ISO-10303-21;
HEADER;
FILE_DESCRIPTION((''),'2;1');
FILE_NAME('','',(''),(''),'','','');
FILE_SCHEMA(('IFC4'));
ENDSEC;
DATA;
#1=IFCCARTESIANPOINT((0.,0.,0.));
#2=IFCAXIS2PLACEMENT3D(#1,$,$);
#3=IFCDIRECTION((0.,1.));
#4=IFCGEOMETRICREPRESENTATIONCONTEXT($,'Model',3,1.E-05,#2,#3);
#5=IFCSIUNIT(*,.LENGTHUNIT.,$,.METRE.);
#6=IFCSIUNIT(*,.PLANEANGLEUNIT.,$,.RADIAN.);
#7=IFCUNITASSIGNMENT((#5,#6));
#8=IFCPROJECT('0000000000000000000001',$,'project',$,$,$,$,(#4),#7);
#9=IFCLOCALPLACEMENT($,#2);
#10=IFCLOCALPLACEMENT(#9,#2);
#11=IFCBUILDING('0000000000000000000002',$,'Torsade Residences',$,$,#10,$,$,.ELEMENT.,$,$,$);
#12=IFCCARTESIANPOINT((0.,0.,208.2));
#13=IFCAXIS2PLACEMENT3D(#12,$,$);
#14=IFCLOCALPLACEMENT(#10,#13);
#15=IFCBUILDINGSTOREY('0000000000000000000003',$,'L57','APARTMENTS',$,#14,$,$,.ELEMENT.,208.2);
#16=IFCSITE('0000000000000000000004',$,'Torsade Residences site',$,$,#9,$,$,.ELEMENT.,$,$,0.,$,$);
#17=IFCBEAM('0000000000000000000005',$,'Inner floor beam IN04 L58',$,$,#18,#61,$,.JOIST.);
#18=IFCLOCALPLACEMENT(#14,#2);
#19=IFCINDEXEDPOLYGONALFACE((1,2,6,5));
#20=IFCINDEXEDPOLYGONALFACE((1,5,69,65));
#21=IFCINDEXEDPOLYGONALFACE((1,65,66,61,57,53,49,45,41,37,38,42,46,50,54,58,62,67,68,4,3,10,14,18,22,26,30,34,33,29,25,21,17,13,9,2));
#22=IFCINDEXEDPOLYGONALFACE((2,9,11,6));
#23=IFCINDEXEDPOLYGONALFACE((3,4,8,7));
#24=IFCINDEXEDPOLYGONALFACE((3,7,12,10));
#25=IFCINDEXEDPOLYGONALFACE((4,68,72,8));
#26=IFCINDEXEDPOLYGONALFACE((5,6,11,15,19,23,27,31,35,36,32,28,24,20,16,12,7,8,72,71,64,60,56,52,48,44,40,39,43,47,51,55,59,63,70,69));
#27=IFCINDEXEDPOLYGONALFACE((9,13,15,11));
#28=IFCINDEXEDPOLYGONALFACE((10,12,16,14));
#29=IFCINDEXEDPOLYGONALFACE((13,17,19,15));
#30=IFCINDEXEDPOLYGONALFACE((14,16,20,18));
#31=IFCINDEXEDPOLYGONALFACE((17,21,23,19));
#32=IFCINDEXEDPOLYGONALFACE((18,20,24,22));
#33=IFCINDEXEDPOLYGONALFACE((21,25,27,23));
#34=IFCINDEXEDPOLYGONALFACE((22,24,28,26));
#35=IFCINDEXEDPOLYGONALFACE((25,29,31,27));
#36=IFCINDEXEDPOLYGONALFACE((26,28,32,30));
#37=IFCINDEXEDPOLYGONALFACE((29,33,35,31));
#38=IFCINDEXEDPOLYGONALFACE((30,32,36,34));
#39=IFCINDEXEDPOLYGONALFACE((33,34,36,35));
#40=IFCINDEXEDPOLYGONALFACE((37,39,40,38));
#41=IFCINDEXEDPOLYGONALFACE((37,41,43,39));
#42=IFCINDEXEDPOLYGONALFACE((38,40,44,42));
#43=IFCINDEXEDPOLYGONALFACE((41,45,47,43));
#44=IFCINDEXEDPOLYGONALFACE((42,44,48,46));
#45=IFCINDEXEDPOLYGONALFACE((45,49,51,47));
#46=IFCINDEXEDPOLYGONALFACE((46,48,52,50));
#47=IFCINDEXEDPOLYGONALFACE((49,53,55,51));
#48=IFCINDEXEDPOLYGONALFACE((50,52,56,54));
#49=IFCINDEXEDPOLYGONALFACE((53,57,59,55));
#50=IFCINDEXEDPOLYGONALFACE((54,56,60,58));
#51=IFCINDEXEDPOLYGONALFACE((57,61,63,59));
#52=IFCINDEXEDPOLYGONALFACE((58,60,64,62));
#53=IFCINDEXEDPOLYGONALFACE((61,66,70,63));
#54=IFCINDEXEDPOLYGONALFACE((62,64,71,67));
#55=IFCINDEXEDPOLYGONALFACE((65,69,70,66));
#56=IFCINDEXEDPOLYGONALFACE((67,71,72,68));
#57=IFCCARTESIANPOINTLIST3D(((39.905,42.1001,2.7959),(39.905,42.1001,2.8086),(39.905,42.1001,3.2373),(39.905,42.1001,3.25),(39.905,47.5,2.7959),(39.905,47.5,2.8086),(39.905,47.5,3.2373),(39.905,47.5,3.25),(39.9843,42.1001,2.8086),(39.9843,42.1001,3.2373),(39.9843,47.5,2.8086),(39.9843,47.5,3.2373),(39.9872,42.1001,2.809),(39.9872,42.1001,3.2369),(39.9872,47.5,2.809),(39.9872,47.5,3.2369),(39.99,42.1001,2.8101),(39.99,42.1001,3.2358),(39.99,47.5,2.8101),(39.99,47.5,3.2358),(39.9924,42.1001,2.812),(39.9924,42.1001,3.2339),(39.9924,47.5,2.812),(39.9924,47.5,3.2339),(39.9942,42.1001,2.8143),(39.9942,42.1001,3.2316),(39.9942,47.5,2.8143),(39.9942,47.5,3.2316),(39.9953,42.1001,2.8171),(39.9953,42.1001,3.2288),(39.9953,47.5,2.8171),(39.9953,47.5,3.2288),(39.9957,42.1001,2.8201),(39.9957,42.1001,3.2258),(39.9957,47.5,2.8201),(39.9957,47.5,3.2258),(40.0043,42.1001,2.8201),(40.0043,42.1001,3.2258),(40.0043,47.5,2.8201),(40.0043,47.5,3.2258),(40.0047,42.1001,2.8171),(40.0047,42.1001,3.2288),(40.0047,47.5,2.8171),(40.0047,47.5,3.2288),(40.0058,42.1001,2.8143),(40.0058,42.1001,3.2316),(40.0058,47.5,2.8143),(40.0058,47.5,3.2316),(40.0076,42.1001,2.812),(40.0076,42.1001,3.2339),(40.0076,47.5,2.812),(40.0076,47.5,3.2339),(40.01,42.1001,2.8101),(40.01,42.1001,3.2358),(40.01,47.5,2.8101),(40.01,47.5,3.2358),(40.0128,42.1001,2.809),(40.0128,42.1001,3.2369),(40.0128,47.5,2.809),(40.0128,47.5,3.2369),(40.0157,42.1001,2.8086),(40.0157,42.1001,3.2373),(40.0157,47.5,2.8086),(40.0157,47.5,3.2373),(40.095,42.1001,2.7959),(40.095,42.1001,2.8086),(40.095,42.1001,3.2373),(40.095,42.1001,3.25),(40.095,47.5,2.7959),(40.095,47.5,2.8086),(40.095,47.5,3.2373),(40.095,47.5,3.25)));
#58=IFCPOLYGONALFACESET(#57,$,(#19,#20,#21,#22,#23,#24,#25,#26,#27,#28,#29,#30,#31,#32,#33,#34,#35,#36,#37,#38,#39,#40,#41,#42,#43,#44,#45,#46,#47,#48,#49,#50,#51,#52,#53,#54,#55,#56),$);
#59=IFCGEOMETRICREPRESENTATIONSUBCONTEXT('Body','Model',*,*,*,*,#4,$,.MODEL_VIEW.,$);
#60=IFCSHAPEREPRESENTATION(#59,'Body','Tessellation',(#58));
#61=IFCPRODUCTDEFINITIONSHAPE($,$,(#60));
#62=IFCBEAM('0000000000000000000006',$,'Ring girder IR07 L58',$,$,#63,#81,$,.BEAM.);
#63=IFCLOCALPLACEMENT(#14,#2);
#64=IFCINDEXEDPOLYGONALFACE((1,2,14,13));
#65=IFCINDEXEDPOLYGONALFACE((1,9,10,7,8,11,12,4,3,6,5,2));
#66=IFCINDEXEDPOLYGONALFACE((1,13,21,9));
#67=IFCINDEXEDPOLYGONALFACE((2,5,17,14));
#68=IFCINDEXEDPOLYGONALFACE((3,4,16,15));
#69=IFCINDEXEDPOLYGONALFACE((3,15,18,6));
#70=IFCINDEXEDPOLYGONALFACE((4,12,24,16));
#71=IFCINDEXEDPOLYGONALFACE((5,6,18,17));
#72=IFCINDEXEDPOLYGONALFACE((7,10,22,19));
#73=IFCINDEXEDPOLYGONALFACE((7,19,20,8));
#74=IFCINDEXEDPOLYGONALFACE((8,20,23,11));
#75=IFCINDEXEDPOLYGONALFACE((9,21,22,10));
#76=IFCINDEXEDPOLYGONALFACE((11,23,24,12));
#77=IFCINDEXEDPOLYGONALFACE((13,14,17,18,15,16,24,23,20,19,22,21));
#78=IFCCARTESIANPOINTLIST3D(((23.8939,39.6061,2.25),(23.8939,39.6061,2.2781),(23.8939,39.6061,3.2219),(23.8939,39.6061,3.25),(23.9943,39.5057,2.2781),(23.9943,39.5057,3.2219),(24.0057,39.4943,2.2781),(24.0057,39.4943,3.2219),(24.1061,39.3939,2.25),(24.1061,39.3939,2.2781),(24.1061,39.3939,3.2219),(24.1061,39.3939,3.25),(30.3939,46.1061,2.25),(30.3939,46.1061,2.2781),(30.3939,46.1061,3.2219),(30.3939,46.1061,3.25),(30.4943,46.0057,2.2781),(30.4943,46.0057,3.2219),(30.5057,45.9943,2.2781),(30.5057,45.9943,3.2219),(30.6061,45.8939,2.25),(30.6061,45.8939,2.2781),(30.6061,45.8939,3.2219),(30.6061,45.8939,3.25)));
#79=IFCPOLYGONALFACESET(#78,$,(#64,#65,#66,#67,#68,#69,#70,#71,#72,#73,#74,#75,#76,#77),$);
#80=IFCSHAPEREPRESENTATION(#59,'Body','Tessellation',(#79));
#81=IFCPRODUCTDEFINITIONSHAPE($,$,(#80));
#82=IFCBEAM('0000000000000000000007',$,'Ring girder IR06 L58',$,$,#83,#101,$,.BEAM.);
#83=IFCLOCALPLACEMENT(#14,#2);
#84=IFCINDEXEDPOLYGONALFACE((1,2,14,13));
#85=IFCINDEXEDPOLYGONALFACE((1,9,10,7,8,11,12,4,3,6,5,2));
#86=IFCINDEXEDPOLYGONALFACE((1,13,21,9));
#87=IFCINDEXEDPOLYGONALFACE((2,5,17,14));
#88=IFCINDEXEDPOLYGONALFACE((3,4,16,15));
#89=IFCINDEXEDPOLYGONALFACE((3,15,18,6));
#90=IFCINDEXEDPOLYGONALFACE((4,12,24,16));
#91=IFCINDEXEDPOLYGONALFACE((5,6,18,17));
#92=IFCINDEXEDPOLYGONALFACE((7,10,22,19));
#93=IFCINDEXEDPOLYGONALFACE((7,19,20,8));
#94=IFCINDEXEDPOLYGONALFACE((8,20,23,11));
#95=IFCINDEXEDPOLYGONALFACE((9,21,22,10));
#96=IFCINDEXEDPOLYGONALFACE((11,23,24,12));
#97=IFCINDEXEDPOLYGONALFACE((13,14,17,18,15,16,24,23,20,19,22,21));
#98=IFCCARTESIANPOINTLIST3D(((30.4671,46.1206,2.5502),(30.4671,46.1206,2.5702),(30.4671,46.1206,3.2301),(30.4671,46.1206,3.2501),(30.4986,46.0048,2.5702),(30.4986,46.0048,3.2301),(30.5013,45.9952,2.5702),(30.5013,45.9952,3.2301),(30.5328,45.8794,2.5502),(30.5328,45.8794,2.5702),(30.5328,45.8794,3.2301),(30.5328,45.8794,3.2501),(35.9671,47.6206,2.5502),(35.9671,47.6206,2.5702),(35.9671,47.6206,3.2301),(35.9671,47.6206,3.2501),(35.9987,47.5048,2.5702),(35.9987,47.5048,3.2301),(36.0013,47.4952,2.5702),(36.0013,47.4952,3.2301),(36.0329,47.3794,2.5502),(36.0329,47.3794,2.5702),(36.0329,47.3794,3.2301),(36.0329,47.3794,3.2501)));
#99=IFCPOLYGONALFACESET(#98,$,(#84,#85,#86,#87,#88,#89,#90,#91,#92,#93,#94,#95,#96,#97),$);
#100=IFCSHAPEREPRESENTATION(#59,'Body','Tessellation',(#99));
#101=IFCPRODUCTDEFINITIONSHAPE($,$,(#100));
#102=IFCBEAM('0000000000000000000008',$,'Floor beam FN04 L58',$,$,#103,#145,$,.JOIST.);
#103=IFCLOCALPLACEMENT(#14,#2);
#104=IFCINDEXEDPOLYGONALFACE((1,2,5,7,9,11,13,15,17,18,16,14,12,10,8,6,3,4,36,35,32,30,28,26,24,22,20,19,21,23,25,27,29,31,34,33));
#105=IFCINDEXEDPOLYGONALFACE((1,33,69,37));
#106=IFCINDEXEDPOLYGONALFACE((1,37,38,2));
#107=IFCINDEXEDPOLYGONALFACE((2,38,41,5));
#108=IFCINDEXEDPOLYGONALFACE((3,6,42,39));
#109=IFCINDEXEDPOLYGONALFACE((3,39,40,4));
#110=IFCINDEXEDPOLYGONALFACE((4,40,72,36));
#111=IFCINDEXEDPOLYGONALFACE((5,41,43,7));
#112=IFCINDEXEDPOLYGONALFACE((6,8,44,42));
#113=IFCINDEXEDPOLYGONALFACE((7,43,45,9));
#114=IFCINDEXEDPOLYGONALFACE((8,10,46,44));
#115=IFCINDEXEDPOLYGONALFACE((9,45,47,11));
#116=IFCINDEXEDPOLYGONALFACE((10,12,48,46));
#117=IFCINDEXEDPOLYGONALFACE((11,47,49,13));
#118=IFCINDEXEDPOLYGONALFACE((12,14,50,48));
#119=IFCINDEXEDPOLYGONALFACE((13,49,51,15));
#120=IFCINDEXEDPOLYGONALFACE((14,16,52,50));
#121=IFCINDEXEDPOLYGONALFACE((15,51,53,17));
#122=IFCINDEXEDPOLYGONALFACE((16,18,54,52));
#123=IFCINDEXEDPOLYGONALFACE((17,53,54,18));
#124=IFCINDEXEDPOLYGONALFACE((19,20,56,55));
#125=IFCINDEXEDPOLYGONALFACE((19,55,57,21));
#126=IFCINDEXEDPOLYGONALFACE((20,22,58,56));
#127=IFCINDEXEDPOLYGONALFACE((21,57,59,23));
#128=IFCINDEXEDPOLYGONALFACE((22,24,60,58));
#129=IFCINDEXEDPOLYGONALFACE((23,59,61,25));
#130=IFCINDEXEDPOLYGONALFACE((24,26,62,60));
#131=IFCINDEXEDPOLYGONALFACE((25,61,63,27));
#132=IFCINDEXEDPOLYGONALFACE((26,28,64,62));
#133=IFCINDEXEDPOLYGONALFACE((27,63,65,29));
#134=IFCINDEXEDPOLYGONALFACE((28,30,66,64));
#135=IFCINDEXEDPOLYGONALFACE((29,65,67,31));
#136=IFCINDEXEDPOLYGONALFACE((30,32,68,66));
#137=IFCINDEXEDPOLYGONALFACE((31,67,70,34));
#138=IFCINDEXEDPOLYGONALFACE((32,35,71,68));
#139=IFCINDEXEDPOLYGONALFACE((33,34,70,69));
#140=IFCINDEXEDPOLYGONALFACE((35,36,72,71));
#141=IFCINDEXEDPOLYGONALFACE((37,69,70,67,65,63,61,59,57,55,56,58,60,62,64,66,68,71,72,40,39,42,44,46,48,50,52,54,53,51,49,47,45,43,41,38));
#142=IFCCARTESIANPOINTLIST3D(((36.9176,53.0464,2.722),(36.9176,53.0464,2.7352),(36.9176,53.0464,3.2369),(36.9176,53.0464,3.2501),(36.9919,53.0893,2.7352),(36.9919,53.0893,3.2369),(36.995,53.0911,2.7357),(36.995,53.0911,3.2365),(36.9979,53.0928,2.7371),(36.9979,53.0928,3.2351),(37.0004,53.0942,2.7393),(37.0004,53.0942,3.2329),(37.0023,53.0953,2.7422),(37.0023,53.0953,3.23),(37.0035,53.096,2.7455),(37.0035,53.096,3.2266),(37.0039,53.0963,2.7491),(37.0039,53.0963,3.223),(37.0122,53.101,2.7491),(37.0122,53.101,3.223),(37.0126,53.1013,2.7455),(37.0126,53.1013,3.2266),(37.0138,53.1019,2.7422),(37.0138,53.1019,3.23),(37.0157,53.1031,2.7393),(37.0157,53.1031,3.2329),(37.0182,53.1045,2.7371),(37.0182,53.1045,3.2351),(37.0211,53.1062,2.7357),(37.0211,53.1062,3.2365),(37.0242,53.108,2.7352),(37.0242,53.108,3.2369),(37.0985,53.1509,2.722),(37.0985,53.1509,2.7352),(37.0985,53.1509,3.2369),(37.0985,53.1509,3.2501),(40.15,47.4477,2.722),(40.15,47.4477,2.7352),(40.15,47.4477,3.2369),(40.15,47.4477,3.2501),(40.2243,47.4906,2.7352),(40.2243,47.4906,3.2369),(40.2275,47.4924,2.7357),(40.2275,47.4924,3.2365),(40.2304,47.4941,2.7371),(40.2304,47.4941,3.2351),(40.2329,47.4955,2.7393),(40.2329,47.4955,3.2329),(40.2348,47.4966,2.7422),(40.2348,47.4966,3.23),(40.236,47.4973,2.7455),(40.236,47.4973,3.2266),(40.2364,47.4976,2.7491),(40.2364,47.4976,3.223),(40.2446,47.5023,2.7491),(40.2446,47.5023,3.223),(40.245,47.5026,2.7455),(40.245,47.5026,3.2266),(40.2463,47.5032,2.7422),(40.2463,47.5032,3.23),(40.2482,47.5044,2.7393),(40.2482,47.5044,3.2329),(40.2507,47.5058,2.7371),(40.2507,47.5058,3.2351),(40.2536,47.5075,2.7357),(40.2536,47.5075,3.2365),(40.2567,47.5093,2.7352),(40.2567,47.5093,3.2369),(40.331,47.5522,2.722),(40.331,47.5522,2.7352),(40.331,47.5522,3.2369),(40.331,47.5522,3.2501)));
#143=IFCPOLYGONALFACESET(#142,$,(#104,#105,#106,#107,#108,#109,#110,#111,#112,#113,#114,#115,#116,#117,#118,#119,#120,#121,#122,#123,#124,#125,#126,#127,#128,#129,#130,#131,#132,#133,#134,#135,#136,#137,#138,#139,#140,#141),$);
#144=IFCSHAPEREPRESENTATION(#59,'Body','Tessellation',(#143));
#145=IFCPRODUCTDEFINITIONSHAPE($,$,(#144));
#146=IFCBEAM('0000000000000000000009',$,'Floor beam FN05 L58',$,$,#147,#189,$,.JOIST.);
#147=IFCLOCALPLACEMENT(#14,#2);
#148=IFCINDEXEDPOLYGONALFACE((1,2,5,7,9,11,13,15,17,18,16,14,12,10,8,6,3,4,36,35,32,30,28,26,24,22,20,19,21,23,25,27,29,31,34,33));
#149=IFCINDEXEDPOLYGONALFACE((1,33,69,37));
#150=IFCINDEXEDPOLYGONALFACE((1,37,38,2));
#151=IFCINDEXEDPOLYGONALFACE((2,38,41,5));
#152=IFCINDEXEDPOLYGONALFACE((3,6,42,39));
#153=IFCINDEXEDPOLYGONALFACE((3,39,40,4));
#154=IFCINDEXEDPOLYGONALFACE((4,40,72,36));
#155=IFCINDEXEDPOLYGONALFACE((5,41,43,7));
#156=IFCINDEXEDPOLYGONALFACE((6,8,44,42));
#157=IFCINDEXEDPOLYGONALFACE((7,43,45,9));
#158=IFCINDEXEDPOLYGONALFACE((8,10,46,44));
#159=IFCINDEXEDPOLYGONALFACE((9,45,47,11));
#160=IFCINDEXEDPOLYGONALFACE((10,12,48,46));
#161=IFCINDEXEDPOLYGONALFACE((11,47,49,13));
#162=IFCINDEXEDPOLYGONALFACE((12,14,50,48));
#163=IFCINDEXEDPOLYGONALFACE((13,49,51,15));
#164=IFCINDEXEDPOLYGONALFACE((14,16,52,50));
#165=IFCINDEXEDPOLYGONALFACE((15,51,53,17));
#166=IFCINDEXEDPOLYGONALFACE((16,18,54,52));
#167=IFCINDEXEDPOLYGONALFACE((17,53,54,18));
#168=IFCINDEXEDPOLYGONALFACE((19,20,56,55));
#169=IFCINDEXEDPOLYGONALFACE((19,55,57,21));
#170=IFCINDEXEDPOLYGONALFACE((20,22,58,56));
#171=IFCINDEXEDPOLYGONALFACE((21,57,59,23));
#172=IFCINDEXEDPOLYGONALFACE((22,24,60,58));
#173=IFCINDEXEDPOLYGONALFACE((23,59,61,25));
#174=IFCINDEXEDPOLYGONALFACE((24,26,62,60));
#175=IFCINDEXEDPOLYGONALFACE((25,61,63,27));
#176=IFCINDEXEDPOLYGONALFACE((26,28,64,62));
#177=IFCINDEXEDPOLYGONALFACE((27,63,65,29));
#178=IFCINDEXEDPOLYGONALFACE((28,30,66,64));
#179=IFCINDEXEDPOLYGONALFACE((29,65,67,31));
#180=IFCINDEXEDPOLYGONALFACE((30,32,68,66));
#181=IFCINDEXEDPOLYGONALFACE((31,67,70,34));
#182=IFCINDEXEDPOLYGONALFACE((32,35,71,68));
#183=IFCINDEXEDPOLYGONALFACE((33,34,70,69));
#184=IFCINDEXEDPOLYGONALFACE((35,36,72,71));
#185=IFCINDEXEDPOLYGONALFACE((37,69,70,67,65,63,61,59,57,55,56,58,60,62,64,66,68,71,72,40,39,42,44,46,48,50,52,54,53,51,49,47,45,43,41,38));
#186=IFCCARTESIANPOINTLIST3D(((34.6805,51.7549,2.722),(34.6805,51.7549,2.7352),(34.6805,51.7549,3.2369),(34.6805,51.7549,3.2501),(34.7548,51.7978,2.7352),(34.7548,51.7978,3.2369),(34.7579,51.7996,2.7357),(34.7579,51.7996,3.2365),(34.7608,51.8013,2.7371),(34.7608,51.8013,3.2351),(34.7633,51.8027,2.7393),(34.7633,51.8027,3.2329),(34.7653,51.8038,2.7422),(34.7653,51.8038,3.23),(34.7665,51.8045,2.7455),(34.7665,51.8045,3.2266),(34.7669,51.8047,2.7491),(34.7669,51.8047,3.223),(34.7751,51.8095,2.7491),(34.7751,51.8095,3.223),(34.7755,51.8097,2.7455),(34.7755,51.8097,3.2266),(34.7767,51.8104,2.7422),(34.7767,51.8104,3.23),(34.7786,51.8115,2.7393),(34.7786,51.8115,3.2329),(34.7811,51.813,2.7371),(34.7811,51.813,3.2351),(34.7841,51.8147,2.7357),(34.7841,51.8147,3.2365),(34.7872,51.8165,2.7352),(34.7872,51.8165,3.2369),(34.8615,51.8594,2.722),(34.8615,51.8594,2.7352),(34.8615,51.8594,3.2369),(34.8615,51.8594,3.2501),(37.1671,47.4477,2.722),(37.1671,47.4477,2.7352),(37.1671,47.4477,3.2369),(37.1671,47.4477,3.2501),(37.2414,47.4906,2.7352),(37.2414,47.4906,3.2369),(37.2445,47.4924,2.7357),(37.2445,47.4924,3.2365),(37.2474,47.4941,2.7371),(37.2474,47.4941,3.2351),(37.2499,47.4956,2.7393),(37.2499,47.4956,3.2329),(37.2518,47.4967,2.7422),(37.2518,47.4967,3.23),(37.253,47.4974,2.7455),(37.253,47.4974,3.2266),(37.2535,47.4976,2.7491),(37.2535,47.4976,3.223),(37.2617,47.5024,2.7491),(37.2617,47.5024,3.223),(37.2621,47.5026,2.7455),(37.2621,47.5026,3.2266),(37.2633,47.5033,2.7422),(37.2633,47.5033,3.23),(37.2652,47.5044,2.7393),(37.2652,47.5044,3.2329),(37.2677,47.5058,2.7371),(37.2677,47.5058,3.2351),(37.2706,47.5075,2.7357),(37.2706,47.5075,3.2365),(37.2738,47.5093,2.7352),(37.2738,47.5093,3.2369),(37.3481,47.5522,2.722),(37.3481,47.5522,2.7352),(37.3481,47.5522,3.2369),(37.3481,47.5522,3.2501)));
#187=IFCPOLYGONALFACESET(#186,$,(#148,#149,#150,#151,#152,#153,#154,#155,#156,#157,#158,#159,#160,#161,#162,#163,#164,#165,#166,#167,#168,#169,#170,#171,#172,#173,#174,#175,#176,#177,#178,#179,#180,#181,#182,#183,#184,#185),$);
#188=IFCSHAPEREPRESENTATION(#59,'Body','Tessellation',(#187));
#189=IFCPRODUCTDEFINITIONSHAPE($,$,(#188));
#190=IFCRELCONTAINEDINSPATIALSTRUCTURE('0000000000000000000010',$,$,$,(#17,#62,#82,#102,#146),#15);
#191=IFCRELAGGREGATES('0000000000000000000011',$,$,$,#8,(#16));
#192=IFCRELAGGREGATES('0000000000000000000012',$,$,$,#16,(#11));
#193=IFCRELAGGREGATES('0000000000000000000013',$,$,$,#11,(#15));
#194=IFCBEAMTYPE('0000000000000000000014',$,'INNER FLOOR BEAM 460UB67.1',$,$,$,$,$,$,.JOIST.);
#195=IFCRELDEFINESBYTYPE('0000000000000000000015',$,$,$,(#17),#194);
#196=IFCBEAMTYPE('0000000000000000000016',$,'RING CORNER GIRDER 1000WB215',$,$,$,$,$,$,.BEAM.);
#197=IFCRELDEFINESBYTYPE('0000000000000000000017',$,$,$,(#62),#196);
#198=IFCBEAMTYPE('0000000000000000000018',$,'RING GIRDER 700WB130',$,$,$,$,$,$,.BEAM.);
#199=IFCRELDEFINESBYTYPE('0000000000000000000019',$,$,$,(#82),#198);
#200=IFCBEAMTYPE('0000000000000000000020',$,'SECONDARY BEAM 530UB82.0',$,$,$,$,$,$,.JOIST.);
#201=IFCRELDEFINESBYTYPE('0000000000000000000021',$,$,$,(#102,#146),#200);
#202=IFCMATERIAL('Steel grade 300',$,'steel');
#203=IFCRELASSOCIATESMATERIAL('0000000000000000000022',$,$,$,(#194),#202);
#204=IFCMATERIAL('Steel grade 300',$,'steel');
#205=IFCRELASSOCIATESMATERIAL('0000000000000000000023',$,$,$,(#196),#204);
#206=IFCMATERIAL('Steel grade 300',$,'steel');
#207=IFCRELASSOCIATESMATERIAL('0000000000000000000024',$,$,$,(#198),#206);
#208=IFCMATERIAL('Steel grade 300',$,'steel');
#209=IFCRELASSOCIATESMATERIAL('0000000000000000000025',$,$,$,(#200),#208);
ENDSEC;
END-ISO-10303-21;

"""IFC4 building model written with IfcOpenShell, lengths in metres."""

from ifc_helpers import new_model, si_unit, direction, frame, origin, origin_2d, place, context, subcontext, project, spatial, i_section, extrude, material, material_profile, profile_set, type_object, element, save


model = new_model("IFC4")

# Units and contexts
model_context = context("Model", 3, precision=1e-05, world=origin(), true_north=direction((0.0, 1.0)))
body_context = subcontext(model_context, "Body", "Model", "MODEL_VIEW")
ifc_project = project(units=[si_unit("LENGTHUNIT", "METRE"), si_unit("PLANEANGLEUNIT", "RADIAN")], contexts=[model_context])

# Site, building, storey
site_placement = place(None, origin())
site = spatial("IfcSite", under=ifc_project, at=site_placement, Name="Torsade Residences site", CompositionType="ELEMENT", RefElevation=0.0)
building_placement = place(site_placement, origin())
building = spatial("IfcBuilding", under=site, at=building_placement, Name="Torsade Residences", CompositionType="ELEMENT")
storey_placement = place(building_placement, frame((0.0, 0.0, 208.2)))
storey = spatial("IfcBuildingStorey", under=building, at=storey_placement, Name="L57", Description="APARTMENTS", CompositionType="ELEMENT", Elevation=208.2)

# Beams
ifc_material_1 = material(Name="Steel grade 300", Category="steel")
ifc_material_profile_1 = material_profile(ifc_material_1, i_section(OverallWidth=0.1899, OverallDepth=0.4541, WebThickness=0.0085, FlangeThickness=0.0127, FilletRadius=0.0115, at=origin_2d()), Name="460UB67.1")
ifc_profile_set_1 = profile_set([ifc_material_profile_1], Name="Steel grade 300")
beam_type_1 = type_object("IfcBeamType", Name="INNER FLOOR BEAM 460UB67.1", PredefinedType="JOIST", material=ifc_profile_set_1)
beam_1_placement = place(storey_placement, frame((40.0, 42.1001, 3.0229), z_axis=(0.0, 1.0, 0.0), x_axis=(-1.0, 0.0, 0.0)))
element("IfcBeam", 1, at=beam_1_placement, inside=storey, type_object=beam_type_1, Name="Inner floor beam IN04 L58", PredefinedType="JOIST", context=body_context, shape_type="SweptSolid", body=[
    extrude(i_section(OverallWidth=0.1899, OverallDepth=0.4541, WebThickness=0.0085, FlangeThickness=0.0127, FilletRadius=0.0115, at=origin_2d()), origin(), (0.0, 0.0, 1.0), 5.3999),
])
ifc_material_2 = material(Name="Steel grade 300", Category="steel")
ifc_material_profile_2 = material_profile(ifc_material_2, i_section(OverallWidth=0.3, OverallDepth=1.0, WebThickness=0.0161, FlangeThickness=0.0281, at=origin_2d()), Name="1000WB215")
ifc_profile_set_2 = profile_set([ifc_material_profile_2], Name="Steel grade 300")
beam_type_2 = type_object("IfcBeamType", Name="RING CORNER GIRDER 1000WB215", PredefinedType="BEAM", material=ifc_profile_set_2)
beam_2_placement = place(storey_placement, frame((30.5, 46.0, 2.75), z_axis=(-0.707107, -0.707107, 0.0), x_axis=(0.707107, -0.707107, 0.0)))
element("IfcBeam", 2, at=beam_2_placement, inside=storey, type_object=beam_type_2, Name="Ring girder IR07 L58", PredefinedType="BEAM", context=body_context, shape_type="SweptSolid", body=[
    extrude(i_section(OverallWidth=0.3, OverallDepth=1.0, WebThickness=0.0161, FlangeThickness=0.0281, at=origin_2d()), origin(), (0.0, 0.0, 1.0), 9.1924),
])
ifc_material_3 = material(Name="Steel grade 300", Category="steel")
ifc_material_profile_3 = material_profile(ifc_material_3, i_section(OverallWidth=0.25, OverallDepth=0.7, WebThickness=0.01, FlangeThickness=0.02, at=origin_2d()), Name="700WB130")
ifc_profile_set_3 = profile_set([ifc_material_profile_3], Name="Steel grade 300")
beam_type_3 = type_object("IfcBeamType", Name="RING GIRDER 700WB130", PredefinedType="BEAM", material=ifc_profile_set_3)
beam_3_placement = place(storey_placement, frame((36.0, 47.5, 2.9001), z_axis=(-0.964764, -0.263117, 0.0), x_axis=(0.263117, -0.964764, 0.0)))
element("IfcBeam", 3, at=beam_3_placement, inside=storey, type_object=beam_type_3, Name="Ring girder IR06 L58", PredefinedType="BEAM", context=body_context, shape_type="SweptSolid", body=[
    extrude(i_section(OverallWidth=0.25, OverallDepth=0.7, WebThickness=0.01, FlangeThickness=0.02, at=origin_2d()), origin(), (0.0, 0.0, 1.0), 5.7009),
])
ifc_material_4 = material(Name="Steel grade 300", Category="steel")
ifc_material_profile_4 = material_profile(ifc_material_4, i_section(OverallWidth=0.209, OverallDepth=0.5281, WebThickness=0.0095, FlangeThickness=0.0132, FilletRadius=0.0139, at=origin_2d()), Name="530UB82.0")
ifc_profile_set_4 = profile_set([ifc_material_profile_4], Name="Steel grade 300")
beam_type_4 = type_object("IfcBeamType", Name="SECONDARY BEAM 530UB82.0", PredefinedType="JOIST", material=ifc_profile_set_4)
beam_4_placement = place(storey_placement, frame((37.0081, 53.0986, 2.9861), z_axis=(0.500006, -0.866022, 0.0), x_axis=(0.866022, 0.500006, 0.0)))
element("IfcBeam", 4, at=beam_4_placement, inside=storey, type_object=beam_type_4, Name="Floor beam FN04 L58", PredefinedType="JOIST", context=body_context, shape_type="SweptSolid", body=[
    extrude(i_section(OverallWidth=0.209, OverallDepth=0.5281, WebThickness=0.0095, FlangeThickness=0.0132, FilletRadius=0.0139, at=origin_2d()), origin(), (0.0, 0.0, 1.0), 6.4648),
])
beam_5_placement = place(storey_placement, frame((34.771, 51.8071, 2.9861), z_axis=(0.499977, -0.866038, 0.0), x_axis=(0.866038, 0.499977, 0.0)))
element("IfcBeam", 5, at=beam_5_placement, inside=storey, type_object=beam_type_4, Name="Floor beam FN05 L58", PredefinedType="JOIST", context=body_context, shape_type="SweptSolid", body=[
    extrude(i_section(OverallWidth=0.209, OverallDepth=0.5281, WebThickness=0.0095, FlangeThickness=0.0132, FilletRadius=0.0139, at=origin_2d()), origin(), (0.0, 0.0, 1.0), 4.9734),
])

save(model, "model.ifc")
